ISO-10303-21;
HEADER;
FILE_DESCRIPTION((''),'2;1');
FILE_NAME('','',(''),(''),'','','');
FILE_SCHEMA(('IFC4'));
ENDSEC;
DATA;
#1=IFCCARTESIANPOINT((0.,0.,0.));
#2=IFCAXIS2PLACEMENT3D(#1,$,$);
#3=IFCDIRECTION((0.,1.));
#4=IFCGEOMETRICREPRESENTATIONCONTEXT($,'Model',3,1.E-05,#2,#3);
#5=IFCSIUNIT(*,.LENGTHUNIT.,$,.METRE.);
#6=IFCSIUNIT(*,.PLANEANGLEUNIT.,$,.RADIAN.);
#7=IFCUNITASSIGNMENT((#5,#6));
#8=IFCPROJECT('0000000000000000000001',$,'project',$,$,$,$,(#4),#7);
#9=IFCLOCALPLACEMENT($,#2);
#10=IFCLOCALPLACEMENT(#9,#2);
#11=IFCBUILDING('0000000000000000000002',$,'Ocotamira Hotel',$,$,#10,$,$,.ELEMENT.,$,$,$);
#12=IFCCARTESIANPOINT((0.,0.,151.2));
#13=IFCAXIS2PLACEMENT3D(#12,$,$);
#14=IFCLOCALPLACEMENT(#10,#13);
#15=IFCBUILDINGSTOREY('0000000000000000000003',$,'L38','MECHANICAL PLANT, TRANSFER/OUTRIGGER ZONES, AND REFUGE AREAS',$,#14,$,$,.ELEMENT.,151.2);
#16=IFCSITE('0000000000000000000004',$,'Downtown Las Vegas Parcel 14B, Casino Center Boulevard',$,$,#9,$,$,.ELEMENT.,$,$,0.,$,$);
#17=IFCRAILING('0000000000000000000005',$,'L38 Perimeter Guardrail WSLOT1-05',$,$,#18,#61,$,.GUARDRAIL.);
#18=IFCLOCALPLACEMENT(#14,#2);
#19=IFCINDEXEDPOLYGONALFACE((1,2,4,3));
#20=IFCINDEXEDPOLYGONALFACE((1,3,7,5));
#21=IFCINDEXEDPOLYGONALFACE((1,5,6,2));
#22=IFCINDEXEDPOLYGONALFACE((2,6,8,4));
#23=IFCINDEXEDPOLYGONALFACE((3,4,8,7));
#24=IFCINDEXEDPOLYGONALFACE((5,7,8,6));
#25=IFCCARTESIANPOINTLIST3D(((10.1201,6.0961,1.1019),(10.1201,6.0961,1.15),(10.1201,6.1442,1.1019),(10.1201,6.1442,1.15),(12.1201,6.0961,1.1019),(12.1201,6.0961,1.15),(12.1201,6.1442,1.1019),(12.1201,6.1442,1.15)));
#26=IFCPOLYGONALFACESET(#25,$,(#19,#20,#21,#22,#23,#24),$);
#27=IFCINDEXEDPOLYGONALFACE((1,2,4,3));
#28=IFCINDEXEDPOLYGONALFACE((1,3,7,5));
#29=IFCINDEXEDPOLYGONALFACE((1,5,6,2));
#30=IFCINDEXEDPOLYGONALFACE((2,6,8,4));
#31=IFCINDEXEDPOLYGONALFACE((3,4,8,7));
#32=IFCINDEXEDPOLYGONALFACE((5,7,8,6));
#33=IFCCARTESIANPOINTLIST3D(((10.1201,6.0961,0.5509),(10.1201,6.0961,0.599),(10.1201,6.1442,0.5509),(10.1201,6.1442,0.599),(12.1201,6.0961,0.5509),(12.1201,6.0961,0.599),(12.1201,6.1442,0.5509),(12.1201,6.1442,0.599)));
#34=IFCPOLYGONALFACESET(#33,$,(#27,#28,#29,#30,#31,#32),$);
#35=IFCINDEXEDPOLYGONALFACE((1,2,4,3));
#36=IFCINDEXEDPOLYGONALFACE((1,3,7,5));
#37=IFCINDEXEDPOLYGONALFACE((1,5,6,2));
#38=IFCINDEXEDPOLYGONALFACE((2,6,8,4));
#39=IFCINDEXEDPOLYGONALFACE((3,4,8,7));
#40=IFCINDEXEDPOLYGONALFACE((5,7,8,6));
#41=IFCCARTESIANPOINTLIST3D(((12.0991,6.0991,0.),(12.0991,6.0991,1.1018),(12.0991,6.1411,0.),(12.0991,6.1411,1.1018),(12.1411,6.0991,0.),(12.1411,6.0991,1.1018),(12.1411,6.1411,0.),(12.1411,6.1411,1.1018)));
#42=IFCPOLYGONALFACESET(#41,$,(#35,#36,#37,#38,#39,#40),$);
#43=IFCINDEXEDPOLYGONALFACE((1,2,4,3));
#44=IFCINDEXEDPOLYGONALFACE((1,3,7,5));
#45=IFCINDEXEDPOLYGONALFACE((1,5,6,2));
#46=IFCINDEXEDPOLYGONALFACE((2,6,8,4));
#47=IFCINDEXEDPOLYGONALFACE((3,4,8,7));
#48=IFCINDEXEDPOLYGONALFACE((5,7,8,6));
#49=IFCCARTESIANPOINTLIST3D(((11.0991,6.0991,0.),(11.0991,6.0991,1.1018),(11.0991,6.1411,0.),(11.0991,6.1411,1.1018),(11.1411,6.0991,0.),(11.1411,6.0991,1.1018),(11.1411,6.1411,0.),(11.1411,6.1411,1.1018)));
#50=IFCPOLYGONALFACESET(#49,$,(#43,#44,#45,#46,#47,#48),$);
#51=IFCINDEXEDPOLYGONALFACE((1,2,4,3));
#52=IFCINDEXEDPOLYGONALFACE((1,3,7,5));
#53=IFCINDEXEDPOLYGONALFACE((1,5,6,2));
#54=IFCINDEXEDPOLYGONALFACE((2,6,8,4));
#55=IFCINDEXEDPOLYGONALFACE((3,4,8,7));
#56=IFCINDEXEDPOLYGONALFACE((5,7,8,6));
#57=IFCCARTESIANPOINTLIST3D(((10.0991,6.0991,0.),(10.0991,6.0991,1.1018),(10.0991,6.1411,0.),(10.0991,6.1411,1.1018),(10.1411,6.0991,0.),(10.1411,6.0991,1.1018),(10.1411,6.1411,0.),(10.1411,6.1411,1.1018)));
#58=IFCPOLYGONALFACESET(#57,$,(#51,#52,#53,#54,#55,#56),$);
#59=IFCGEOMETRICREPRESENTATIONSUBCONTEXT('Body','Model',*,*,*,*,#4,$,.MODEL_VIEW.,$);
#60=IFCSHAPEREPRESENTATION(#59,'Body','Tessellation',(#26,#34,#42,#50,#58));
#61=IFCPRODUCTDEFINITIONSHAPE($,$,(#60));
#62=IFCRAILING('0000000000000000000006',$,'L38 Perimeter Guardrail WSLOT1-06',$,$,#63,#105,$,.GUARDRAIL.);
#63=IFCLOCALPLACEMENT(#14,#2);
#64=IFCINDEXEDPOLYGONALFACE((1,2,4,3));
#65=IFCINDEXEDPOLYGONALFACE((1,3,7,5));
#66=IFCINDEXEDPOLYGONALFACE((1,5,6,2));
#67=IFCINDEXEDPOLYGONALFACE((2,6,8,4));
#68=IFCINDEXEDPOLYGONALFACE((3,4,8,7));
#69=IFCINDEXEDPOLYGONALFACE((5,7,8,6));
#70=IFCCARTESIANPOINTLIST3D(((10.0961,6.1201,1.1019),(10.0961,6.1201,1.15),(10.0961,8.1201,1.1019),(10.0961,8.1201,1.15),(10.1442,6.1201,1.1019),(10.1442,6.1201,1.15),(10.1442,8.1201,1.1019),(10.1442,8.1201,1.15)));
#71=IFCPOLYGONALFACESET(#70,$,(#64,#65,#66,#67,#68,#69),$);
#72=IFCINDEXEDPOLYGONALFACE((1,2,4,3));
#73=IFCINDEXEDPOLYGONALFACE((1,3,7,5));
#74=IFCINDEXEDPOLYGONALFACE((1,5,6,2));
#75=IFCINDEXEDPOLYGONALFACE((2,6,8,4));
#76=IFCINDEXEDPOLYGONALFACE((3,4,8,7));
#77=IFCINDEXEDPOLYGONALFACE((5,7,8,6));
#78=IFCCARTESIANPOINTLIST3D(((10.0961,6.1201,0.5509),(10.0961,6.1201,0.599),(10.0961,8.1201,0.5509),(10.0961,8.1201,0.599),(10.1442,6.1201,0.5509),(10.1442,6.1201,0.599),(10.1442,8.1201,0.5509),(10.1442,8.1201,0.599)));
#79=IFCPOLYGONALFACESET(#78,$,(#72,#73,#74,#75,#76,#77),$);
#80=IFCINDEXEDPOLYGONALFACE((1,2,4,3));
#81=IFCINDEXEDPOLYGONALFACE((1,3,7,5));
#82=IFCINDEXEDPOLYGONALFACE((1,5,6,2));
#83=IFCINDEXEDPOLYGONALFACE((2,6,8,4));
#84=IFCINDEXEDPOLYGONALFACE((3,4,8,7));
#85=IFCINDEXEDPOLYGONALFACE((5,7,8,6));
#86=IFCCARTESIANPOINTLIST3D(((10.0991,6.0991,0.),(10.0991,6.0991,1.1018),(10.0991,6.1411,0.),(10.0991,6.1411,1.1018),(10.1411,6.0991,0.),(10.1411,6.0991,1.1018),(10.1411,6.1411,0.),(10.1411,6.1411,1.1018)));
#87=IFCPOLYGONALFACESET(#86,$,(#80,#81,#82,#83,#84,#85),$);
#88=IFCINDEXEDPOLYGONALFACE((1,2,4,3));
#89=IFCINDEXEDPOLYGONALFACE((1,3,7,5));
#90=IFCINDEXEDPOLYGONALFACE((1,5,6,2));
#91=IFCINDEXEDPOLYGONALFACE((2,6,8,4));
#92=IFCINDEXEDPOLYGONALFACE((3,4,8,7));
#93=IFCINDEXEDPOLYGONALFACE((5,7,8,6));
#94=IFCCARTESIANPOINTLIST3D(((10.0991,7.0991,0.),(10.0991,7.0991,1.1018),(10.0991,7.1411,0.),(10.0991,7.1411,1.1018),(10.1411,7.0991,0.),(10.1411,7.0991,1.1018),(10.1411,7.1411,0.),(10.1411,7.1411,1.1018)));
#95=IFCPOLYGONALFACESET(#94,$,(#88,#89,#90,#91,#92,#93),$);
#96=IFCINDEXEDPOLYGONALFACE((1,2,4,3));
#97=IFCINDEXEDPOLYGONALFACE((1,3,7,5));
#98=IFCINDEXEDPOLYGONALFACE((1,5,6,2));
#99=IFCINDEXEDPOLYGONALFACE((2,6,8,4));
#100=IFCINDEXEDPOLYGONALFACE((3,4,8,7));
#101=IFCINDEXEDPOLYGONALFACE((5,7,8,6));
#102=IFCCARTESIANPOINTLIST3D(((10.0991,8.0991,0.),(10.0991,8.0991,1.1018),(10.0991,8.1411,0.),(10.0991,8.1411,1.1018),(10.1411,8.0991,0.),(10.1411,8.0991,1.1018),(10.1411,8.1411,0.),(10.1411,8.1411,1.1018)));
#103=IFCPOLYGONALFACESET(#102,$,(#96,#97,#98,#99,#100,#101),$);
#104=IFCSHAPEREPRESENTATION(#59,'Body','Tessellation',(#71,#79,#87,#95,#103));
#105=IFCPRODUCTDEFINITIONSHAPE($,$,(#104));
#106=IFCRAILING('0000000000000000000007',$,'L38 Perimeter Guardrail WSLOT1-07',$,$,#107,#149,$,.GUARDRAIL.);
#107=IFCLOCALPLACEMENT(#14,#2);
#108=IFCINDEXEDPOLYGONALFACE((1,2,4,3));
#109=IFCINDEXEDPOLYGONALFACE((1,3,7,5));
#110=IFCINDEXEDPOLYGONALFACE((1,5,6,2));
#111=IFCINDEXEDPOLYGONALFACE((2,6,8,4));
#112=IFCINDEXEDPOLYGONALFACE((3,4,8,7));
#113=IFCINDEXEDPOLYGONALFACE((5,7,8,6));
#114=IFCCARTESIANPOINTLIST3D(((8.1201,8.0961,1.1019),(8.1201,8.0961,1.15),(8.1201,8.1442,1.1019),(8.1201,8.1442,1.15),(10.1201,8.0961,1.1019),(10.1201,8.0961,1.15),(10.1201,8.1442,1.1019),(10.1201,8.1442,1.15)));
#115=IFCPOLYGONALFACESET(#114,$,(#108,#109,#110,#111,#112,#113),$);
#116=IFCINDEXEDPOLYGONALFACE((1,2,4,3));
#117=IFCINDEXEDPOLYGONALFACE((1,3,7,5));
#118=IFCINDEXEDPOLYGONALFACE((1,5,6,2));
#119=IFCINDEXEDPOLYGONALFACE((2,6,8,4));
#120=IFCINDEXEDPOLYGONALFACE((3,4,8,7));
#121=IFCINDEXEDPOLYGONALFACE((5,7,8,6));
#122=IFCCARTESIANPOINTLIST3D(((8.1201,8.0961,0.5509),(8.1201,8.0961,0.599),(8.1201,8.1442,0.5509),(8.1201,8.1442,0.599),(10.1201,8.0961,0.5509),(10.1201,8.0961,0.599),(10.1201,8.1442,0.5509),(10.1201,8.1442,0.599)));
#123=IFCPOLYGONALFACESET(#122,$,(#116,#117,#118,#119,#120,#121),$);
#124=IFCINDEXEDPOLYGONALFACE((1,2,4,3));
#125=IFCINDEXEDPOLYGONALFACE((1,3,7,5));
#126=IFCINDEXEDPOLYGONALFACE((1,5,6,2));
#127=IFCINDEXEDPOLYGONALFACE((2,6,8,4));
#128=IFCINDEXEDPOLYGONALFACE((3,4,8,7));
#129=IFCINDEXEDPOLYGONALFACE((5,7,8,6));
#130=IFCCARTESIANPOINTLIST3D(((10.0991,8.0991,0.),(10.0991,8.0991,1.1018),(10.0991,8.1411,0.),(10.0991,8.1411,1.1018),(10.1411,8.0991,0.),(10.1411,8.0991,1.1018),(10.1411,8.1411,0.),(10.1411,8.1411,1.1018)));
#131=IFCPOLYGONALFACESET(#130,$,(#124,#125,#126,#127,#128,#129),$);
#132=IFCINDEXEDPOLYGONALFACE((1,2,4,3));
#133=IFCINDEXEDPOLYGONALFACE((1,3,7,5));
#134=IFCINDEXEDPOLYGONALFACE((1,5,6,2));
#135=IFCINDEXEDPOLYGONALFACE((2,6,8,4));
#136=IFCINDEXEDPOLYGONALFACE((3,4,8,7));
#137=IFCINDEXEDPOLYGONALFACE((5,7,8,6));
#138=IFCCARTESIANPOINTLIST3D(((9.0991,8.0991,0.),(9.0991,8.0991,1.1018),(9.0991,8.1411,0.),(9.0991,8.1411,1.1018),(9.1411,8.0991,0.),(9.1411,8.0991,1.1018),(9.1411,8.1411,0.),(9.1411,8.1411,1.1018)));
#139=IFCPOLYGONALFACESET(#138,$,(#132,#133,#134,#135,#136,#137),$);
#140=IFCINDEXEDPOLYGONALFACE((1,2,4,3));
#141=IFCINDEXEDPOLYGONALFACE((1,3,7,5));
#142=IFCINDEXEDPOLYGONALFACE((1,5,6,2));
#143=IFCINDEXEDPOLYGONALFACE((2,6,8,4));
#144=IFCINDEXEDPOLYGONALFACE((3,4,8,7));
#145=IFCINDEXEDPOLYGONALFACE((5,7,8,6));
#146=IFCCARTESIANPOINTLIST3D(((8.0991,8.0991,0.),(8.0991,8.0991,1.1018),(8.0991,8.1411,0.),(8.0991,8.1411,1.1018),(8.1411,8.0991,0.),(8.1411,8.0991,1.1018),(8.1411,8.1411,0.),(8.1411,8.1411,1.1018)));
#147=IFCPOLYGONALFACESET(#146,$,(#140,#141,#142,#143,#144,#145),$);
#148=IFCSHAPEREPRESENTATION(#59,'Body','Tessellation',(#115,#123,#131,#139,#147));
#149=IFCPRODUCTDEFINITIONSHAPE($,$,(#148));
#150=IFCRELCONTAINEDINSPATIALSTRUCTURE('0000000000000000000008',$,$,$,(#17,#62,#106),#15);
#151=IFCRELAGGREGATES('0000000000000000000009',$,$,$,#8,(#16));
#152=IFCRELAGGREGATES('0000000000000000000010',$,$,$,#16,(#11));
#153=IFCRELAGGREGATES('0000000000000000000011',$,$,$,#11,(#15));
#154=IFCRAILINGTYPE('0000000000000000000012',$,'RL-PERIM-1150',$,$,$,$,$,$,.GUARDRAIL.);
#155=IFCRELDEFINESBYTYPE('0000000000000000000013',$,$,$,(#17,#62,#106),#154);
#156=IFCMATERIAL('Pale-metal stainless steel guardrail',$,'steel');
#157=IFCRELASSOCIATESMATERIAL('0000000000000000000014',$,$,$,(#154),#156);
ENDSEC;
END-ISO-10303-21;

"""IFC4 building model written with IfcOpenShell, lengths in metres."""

from ifc_helpers import new_model, si_unit, direction, frame, origin, origin_2d, place, context, subcontext, project, spatial, rectangle, extrude, material, type_object, element, save


model = new_model("IFC4")

# Units and contexts
model_context = context("Model", 3, precision=1e-05, world=origin(), true_north=direction((0.0, 1.0)))
body_context = subcontext(model_context, "Body", "Model", "MODEL_VIEW")
ifc_project = project(units=[si_unit("LENGTHUNIT", "METRE"), si_unit("PLANEANGLEUNIT", "RADIAN")], contexts=[model_context])

# Site, building, storey
site_placement = place(None, origin())
site = spatial("IfcSite", under=ifc_project, at=site_placement, Name="Downtown Las Vegas Parcel 14B, Casino Center Boulevard", CompositionType="ELEMENT", RefElevation=0.0)
building_placement = place(site_placement, origin())
building = spatial("IfcBuilding", under=site, at=building_placement, Name="Ocotamira Hotel", CompositionType="ELEMENT")
storey_placement = place(building_placement, frame((0.0, 0.0, 151.2)))
storey = spatial("IfcBuildingStorey", under=building, at=storey_placement, Name="L38", Description="MECHANICAL PLANT, TRANSFER/OUTRIGGER ZONES, AND REFUGE AREAS", CompositionType="ELEMENT", Elevation=151.2)

# Railings
ifc_material_1 = material(Name="Pale-metal stainless steel guardrail", Category="steel")
railing_type = type_object("IfcRailingType", Name="RL-PERIM-1150", PredefinedType="GUARDRAIL", material=ifc_material_1)
railing_1_placement = place(storey_placement, frame((12.1201, 6.1201, 0.0)))
element("IfcRailing", 1, at=railing_1_placement, inside=storey, type_object=railing_type, Name="L38 Perimeter Guardrail WSLOT1-05", PredefinedType="GUARDRAIL", context=body_context, shape_type="SweptSolid", body=[
    extrude(rectangle(XDim=0.0481, YDim=0.0481, at=origin_2d()), frame((0.0, 0.0, 1.126), z_axis=(-1.0, 0.0, 0.0), x_axis=(0.0, -1.0, 0.0)), (0.0, 0.0, 1.0), 2.0),
    extrude(rectangle(XDim=0.0481, YDim=0.0481, at=origin_2d()), frame((0.0, 0.0, 0.575), z_axis=(-1.0, 0.0, 0.0), x_axis=(0.0, -1.0, 0.0)), (0.0, 0.0, 1.0), 2.0),
    extrude(rectangle(XDim=0.042, YDim=0.042, at=origin_2d()), origin(), (0.0, 0.0, 1.0), 1.1018),
    extrude(rectangle(XDim=0.042, YDim=0.042, at=origin_2d()), frame((-1.0, 0.0, 0.0)), (0.0, 0.0, 1.0), 1.1018),
    extrude(rectangle(XDim=0.042, YDim=0.042, at=origin_2d()), frame((-2.0, 0.0, 0.0)), (0.0, 0.0, 1.0), 1.1018),
])
railing_2_placement = place(storey_placement, frame((10.1201, 6.1201, 0.0)))
element("IfcRailing", 2, at=railing_2_placement, inside=storey, type_object=railing_type, Name="L38 Perimeter Guardrail WSLOT1-06", PredefinedType="GUARDRAIL", context=body_context, shape_type="SweptSolid", body=[
    extrude(rectangle(XDim=0.0481, YDim=0.0481, at=origin_2d()), frame((0.0, 0.0, 1.126), z_axis=(0.0, 1.0, 0.0), x_axis=(-1.0, 0.0, 0.0)), (0.0, 0.0, 1.0), 2.0),
    extrude(rectangle(XDim=0.0481, YDim=0.0481, at=origin_2d()), frame((0.0, 0.0, 0.575), z_axis=(0.0, 1.0, 0.0), x_axis=(-1.0, 0.0, 0.0)), (0.0, 0.0, 1.0), 2.0),
    extrude(rectangle(XDim=0.042, YDim=0.042, at=origin_2d()), origin(), (0.0, 0.0, 1.0), 1.1018),
    extrude(rectangle(XDim=0.042, YDim=0.042, at=origin_2d()), frame((0.0, 1.0, 0.0)), (0.0, 0.0, 1.0), 1.1018),
    extrude(rectangle(XDim=0.042, YDim=0.042, at=origin_2d()), frame((0.0, 2.0, 0.0)), (0.0, 0.0, 1.0), 1.1018),
])
railing_3_placement = place(storey_placement, frame((10.1201, 8.1201, 0.0)))
element("IfcRailing", 3, at=railing_3_placement, inside=storey, type_object=railing_type, Name="L38 Perimeter Guardrail WSLOT1-07", PredefinedType="GUARDRAIL", context=body_context, shape_type="SweptSolid", body=[
    extrude(rectangle(XDim=0.0481, YDim=0.0481, at=origin_2d()), frame((0.0, 0.0, 1.126), z_axis=(-1.0, 0.0, 0.0), x_axis=(0.0, -1.0, 0.0)), (0.0, 0.0, 1.0), 2.0),
    extrude(rectangle(XDim=0.0481, YDim=0.0481, at=origin_2d()), frame((0.0, 0.0, 0.575), z_axis=(-1.0, 0.0, 0.0), x_axis=(0.0, -1.0, 0.0)), (0.0, 0.0, 1.0), 2.0),
    extrude(rectangle(XDim=0.042, YDim=0.042, at=origin_2d()), origin(), (0.0, 0.0, 1.0), 1.1018),
    extrude(rectangle(XDim=0.042, YDim=0.042, at=origin_2d()), frame((-1.0, 0.0, 0.0)), (0.0, 0.0, 1.0), 1.1018),
    extrude(rectangle(XDim=0.042, YDim=0.042, at=origin_2d()), frame((-2.0, 0.0, 0.0)), (0.0, 0.0, 1.0), 1.1018),
])

save(model, "model.ifc")
